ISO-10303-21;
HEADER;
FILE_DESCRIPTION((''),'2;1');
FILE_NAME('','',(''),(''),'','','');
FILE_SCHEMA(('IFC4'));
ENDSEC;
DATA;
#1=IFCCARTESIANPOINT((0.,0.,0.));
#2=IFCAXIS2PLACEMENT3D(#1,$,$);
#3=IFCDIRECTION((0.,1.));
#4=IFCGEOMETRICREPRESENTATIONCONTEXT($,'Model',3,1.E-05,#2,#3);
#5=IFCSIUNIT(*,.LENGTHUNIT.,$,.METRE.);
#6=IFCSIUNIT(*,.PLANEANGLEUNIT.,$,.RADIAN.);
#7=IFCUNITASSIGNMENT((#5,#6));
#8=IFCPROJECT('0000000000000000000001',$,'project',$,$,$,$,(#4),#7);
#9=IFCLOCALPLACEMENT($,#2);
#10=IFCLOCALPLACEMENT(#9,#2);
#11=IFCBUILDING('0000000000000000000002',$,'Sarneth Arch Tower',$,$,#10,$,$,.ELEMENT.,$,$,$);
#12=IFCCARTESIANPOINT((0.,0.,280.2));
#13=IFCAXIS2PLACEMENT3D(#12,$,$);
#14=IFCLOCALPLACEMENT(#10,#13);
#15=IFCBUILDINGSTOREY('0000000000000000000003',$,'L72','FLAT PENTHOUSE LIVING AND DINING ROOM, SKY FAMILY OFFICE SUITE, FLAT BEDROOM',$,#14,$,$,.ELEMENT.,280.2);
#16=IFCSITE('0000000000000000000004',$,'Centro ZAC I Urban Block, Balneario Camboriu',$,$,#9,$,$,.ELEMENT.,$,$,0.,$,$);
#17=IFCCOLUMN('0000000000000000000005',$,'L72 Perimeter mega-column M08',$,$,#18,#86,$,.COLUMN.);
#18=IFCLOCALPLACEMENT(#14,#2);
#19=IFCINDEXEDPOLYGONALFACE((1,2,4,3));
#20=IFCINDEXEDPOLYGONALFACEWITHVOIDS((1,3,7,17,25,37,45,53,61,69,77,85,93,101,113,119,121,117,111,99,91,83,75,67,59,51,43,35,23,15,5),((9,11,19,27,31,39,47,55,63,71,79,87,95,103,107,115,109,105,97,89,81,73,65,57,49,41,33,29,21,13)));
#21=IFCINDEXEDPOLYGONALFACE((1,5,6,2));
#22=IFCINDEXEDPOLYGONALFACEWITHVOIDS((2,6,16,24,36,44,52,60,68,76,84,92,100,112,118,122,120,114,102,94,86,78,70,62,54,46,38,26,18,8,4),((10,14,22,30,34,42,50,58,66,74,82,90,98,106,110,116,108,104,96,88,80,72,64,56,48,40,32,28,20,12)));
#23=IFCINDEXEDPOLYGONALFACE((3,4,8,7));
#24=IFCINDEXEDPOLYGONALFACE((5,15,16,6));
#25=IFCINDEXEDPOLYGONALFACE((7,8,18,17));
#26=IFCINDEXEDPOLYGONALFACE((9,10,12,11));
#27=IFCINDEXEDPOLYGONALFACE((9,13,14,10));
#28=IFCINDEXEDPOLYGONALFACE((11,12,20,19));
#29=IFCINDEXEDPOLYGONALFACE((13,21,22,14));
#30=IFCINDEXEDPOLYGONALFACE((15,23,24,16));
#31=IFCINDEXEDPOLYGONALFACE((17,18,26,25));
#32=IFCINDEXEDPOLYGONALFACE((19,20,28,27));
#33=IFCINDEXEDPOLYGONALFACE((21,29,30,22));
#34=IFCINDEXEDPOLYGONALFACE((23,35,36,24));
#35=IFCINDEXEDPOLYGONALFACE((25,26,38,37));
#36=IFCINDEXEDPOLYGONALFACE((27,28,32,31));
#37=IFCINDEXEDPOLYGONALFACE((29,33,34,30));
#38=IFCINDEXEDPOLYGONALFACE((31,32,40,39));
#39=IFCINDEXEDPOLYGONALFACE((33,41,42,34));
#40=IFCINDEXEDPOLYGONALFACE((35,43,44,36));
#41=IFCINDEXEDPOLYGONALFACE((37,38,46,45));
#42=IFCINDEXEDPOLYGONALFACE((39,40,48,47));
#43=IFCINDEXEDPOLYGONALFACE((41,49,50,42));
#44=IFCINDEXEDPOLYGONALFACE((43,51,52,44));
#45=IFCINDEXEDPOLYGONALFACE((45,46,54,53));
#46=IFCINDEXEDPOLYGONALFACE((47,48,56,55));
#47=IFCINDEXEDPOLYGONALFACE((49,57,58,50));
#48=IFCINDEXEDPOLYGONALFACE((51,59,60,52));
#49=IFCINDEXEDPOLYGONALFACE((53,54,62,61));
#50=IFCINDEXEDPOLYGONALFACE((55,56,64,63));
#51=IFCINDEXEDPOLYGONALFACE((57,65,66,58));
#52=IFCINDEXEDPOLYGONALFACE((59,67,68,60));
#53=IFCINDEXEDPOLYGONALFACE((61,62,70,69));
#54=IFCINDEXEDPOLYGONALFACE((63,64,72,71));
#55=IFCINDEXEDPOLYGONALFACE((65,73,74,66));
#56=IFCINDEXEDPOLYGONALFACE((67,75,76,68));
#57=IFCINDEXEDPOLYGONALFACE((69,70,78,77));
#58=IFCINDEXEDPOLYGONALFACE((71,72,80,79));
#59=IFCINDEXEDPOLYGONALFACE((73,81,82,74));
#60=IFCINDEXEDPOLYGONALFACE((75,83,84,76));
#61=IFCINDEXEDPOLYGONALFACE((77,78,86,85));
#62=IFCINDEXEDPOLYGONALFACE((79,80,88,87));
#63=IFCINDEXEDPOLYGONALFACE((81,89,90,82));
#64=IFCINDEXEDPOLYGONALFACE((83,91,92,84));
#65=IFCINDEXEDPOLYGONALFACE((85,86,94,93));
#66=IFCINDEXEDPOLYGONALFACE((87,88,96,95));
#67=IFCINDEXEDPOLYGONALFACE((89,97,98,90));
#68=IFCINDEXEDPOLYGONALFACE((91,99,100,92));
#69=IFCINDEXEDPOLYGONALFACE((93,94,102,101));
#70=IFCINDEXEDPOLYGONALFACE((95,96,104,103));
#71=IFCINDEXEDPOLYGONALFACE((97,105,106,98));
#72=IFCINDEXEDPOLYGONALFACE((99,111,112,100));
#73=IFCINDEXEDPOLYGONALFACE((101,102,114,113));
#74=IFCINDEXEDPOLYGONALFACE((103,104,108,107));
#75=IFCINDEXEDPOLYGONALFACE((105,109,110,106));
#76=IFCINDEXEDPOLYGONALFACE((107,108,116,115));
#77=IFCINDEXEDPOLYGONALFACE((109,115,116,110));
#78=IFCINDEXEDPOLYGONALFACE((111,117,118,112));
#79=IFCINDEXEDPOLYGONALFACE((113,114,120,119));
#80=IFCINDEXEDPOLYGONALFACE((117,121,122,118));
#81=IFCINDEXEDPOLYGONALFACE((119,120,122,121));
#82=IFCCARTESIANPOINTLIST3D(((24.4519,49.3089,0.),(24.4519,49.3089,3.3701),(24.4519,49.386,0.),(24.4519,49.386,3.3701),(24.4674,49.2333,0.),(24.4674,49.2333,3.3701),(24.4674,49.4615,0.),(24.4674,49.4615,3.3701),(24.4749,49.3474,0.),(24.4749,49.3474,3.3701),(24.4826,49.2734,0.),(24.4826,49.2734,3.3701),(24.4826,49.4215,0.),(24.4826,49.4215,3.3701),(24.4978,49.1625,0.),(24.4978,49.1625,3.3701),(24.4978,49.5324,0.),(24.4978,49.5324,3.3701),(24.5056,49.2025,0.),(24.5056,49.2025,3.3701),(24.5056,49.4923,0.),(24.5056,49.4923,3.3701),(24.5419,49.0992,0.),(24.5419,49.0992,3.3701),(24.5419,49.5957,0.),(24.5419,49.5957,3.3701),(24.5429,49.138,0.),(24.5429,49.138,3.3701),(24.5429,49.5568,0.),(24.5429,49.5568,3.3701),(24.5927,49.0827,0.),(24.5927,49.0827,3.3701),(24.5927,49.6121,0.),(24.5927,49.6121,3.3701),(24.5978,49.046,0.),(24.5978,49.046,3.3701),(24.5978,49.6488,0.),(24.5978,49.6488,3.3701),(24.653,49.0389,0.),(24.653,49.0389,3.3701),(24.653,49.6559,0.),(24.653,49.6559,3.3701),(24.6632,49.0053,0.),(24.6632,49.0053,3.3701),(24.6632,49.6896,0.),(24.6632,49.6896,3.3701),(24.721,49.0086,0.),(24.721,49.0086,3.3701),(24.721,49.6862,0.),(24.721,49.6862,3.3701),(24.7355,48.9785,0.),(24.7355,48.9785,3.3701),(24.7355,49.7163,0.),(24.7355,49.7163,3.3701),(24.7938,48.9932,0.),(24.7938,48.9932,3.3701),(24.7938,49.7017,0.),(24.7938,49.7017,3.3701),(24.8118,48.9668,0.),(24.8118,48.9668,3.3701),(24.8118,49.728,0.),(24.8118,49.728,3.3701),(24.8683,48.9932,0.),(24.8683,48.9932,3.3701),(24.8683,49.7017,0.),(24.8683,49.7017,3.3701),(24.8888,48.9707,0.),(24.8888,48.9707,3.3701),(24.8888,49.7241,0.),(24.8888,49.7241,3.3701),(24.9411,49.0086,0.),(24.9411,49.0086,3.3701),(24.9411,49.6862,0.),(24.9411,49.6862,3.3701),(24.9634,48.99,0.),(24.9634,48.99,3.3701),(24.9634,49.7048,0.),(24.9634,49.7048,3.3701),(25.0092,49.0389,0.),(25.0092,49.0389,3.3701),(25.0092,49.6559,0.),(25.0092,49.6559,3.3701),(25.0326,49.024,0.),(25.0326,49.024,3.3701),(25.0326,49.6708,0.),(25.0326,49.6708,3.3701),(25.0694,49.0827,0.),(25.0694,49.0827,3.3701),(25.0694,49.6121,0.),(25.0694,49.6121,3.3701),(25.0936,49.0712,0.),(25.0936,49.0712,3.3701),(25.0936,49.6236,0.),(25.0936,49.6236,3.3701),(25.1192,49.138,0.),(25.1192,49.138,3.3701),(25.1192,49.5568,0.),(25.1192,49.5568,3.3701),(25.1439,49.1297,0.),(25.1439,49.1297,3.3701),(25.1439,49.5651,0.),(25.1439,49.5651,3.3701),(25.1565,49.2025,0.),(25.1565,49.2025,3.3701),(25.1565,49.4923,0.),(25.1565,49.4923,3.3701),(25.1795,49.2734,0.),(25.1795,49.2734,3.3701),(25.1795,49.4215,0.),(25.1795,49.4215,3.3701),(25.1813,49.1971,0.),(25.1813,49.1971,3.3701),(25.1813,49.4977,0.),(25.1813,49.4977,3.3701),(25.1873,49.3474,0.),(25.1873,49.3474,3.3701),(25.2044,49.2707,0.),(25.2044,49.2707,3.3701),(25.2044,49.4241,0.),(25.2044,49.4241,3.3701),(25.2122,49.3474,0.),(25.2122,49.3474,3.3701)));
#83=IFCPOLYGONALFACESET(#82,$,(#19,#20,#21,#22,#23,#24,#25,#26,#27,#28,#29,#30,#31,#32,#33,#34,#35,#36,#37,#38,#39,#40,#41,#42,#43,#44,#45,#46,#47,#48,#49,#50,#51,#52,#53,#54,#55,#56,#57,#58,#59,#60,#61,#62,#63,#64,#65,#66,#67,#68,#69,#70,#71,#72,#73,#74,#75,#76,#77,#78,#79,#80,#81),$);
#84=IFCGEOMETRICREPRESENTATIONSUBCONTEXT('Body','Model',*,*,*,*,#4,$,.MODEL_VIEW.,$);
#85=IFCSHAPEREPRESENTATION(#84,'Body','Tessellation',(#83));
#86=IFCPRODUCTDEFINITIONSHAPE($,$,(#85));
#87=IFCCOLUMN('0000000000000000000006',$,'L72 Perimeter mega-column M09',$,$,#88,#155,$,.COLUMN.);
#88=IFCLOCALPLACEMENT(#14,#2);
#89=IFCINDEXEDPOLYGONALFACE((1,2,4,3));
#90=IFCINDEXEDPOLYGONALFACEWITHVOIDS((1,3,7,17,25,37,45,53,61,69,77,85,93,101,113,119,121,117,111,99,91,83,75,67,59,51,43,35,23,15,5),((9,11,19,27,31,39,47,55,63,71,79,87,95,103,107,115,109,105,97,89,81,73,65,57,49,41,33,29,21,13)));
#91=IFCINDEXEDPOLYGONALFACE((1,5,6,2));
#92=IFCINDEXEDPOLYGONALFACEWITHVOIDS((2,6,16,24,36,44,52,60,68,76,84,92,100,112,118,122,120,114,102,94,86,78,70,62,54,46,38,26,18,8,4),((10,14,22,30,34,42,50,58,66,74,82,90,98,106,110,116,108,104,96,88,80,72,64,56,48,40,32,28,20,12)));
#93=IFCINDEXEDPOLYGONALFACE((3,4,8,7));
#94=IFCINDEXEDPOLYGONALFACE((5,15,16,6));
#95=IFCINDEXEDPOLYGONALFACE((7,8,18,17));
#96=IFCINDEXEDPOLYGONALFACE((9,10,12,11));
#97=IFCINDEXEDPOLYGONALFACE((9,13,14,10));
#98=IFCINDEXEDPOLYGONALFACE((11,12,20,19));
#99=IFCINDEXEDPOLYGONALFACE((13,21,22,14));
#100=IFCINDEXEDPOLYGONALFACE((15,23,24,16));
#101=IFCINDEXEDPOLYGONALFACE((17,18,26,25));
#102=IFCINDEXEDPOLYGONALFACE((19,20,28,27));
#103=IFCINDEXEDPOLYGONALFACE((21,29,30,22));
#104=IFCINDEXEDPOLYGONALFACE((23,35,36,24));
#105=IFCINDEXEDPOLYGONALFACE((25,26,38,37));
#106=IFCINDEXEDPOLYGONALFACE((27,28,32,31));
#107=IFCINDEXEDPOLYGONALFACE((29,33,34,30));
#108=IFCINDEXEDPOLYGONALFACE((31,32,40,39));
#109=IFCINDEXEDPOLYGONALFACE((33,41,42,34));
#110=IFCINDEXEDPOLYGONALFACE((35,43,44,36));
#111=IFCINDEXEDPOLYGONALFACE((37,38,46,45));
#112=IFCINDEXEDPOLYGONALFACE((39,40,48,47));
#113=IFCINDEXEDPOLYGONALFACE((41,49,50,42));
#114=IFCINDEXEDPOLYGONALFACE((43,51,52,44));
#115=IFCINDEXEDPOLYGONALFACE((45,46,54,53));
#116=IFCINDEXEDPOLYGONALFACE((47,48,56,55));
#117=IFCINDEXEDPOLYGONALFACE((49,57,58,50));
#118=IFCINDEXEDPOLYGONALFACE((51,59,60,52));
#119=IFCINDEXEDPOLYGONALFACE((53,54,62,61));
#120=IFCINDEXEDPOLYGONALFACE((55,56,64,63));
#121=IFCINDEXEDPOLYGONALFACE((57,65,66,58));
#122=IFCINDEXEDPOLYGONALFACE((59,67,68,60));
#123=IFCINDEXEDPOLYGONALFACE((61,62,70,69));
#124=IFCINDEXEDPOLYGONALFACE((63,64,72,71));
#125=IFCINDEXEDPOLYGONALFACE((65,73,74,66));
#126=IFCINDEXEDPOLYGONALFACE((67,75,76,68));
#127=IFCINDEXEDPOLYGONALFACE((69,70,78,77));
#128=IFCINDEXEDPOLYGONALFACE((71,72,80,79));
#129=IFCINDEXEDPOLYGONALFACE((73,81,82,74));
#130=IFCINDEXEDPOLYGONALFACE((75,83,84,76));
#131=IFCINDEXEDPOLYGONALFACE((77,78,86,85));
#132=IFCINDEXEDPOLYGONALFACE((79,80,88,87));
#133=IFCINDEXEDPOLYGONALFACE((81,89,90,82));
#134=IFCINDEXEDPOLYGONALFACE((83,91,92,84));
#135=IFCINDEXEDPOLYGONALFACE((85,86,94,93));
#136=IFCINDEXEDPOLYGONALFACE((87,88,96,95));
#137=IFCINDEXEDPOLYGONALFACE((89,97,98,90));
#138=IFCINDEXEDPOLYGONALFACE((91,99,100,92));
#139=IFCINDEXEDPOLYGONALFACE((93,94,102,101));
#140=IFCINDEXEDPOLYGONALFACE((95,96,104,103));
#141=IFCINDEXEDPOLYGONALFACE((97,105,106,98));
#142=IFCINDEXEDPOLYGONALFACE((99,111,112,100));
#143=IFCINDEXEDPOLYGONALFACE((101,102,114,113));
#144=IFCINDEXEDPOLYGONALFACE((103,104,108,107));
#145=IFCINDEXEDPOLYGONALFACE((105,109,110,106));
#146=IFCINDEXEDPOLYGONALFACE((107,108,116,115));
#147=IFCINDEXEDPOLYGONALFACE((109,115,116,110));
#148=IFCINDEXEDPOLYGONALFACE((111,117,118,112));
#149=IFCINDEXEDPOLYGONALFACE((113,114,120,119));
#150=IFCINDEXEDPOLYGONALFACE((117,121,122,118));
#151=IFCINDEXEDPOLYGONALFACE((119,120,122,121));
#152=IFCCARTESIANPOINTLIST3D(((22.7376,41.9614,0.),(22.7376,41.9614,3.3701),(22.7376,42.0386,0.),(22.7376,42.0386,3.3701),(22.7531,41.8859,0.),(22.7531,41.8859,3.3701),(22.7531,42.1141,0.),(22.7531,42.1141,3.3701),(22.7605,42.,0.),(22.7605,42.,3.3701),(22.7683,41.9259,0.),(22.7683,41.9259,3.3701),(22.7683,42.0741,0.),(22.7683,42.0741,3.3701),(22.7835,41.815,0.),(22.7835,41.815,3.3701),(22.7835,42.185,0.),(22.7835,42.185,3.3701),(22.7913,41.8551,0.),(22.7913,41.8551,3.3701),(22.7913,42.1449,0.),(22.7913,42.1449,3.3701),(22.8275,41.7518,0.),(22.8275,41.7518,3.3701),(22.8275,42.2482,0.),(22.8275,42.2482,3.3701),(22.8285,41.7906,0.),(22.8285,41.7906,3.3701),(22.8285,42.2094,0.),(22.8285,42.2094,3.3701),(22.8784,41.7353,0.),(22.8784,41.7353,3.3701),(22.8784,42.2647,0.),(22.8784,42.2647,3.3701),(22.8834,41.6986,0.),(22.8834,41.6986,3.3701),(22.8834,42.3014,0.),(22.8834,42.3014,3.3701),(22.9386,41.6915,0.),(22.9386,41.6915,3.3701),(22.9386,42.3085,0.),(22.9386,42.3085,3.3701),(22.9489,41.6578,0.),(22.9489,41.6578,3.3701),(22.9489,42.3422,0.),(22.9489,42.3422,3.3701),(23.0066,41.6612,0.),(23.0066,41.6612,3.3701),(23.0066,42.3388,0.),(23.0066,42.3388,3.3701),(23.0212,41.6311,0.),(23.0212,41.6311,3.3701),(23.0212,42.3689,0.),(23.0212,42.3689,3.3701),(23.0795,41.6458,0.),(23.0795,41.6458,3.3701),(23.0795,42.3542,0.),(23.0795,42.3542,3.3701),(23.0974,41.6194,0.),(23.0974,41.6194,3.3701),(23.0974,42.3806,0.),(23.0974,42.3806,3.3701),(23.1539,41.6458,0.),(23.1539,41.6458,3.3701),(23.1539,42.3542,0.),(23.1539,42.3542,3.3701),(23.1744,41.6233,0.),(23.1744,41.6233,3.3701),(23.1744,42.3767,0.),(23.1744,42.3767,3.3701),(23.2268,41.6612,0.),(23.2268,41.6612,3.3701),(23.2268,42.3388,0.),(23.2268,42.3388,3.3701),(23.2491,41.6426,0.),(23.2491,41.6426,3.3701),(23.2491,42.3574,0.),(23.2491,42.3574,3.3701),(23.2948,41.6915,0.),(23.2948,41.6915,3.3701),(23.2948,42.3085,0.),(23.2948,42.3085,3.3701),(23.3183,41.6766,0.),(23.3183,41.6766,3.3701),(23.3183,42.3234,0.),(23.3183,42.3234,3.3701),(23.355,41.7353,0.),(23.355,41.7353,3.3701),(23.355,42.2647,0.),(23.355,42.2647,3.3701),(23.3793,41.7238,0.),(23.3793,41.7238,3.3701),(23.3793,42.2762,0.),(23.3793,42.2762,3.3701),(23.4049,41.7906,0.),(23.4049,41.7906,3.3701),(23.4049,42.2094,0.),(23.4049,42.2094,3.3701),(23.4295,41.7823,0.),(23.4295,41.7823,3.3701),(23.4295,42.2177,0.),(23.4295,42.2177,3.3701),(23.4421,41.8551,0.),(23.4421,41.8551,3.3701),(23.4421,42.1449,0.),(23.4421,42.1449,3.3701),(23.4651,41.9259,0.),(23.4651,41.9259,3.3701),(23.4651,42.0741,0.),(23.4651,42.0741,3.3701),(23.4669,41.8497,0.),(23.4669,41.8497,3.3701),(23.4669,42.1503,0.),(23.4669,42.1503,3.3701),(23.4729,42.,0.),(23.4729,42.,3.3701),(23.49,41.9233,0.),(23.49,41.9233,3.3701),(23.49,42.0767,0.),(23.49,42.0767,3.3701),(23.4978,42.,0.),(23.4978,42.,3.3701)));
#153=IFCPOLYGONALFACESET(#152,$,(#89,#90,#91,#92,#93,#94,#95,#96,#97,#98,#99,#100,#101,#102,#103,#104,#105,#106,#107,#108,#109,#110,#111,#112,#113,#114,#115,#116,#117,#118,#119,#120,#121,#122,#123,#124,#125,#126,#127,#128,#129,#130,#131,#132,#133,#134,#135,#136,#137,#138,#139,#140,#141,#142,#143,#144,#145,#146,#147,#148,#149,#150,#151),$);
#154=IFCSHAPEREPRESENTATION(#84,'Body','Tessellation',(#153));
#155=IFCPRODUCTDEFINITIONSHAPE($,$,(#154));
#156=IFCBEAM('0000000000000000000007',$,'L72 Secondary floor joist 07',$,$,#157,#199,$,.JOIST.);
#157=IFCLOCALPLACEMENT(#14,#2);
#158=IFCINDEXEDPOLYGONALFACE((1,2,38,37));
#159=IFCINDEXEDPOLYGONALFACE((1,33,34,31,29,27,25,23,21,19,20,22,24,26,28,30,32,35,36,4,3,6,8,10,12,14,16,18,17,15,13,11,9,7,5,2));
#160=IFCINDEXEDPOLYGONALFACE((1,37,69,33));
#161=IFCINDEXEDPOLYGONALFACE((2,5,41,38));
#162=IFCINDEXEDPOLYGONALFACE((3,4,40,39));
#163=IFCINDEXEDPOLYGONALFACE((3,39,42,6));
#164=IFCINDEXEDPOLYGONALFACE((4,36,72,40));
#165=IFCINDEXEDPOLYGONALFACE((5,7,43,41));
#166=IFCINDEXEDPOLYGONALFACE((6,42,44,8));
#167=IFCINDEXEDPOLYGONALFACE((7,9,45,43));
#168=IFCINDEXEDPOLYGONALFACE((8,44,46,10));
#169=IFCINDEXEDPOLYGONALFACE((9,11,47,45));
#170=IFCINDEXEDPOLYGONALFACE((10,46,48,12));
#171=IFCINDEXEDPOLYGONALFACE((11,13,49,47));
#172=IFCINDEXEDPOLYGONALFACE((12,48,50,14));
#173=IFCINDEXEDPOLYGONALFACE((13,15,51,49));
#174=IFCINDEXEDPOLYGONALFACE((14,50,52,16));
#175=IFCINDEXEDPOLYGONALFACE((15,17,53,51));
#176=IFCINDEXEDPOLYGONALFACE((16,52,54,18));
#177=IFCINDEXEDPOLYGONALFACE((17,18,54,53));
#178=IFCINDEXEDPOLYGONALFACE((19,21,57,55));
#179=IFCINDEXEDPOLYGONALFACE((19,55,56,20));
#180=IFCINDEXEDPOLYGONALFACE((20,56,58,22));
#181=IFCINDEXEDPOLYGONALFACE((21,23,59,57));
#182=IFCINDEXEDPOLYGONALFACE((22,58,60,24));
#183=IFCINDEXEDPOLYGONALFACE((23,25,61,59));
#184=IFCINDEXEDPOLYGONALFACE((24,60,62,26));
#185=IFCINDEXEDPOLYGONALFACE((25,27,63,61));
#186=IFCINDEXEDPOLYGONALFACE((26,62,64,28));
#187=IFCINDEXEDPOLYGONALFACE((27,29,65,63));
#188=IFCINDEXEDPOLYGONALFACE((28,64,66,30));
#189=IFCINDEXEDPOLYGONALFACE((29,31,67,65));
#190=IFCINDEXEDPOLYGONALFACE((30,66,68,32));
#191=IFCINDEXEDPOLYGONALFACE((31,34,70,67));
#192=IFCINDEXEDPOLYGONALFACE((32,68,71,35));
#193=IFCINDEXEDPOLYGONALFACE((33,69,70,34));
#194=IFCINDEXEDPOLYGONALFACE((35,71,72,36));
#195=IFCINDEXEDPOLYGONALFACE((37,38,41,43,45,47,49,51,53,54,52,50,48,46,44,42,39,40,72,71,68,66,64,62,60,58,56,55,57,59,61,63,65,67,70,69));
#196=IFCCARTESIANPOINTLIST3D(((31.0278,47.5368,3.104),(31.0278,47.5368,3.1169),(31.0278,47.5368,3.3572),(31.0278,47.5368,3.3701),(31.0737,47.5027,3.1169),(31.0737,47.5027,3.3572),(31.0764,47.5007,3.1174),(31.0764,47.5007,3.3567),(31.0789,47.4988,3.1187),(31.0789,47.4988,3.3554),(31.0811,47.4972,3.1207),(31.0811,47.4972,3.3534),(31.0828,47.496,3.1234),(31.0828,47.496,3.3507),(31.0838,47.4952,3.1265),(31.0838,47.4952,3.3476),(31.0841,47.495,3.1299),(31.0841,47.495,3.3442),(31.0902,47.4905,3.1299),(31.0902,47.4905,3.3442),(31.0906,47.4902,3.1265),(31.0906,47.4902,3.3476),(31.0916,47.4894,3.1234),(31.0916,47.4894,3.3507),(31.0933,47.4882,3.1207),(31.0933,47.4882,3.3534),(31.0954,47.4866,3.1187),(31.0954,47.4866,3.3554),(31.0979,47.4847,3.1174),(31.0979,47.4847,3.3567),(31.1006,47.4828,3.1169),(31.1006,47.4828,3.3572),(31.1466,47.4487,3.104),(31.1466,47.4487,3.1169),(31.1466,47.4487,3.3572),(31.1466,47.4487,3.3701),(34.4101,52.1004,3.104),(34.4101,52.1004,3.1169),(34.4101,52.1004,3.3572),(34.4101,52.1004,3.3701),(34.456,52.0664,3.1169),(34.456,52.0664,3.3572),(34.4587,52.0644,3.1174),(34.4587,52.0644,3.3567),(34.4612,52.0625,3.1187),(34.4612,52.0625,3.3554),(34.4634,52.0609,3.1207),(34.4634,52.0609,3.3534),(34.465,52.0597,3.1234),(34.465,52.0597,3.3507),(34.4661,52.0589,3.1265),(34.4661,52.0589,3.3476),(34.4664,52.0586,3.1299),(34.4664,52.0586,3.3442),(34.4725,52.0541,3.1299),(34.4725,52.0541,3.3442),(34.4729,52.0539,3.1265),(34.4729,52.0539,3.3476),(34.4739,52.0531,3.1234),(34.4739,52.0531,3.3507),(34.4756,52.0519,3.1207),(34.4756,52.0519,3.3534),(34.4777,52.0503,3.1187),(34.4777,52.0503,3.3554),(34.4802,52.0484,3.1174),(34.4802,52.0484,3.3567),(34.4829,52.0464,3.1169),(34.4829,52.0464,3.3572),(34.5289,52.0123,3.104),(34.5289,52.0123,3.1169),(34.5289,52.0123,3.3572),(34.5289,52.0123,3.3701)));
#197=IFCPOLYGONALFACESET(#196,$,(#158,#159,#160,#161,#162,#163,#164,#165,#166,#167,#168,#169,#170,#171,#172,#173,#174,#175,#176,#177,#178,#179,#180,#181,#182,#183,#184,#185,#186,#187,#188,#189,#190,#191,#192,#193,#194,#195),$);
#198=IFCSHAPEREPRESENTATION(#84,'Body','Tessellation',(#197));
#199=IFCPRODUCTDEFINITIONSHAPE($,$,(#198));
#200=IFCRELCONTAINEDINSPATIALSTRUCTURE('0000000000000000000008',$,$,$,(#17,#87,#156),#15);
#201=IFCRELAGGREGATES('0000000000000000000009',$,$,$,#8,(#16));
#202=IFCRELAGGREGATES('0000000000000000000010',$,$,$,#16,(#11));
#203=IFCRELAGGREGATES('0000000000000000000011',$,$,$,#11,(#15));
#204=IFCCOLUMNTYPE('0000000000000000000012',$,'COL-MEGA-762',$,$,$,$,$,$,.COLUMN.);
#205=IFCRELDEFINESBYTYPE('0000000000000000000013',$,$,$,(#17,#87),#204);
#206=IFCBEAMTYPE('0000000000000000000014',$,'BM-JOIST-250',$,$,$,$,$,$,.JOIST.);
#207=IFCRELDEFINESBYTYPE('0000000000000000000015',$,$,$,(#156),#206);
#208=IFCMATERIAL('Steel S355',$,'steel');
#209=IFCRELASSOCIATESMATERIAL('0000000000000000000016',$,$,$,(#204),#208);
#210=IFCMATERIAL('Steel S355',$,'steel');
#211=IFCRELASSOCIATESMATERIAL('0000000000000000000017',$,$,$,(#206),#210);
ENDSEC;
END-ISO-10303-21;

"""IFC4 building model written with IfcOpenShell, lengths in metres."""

from ifc_helpers import new_model, si_unit, direction, frame, origin, origin_2d, place, context, subcontext, project, spatial, hollow_circle, i_section, extrude, material, material_profile, profile_set, type_object, element, save


model = new_model("IFC4")

# Units and contexts
model_context = context("Model", 3, precision=1e-05, world=origin(), true_north=direction((0.0, 1.0)))
body_context = subcontext(model_context, "Body", "Model", "MODEL_VIEW")
ifc_project = project(units=[si_unit("LENGTHUNIT", "METRE"), si_unit("PLANEANGLEUNIT", "RADIAN")], contexts=[model_context])

# Site, building, storey
site_placement = place(None, origin())
site = spatial("IfcSite", under=ifc_project, at=site_placement, Name="Centro ZAC I Urban Block, Balneario Camboriu", CompositionType="ELEMENT", RefElevation=0.0)
building_placement = place(site_placement, origin())
building = spatial("IfcBuilding", under=site, at=building_placement, Name="Sarneth Arch Tower", CompositionType="ELEMENT")
storey_placement = place(building_placement, frame((0.0, 0.0, 280.2)))
storey = spatial("IfcBuildingStorey", under=building, at=storey_placement, Name="L72", Description="FLAT PENTHOUSE LIVING AND DINING ROOM, SKY FAMILY OFFICE SUITE, FLAT BEDROOM", CompositionType="ELEMENT", Elevation=280.2)

# Columns
ifc_material_1 = material(Name="Steel S355", Category="steel")
ifc_material_profile_1 = material_profile(ifc_material_1, hollow_circle(Radius=0.3811, WallThickness=0.0249, at=origin_2d()), Name="CHS762x25")
ifc_profile_set_1 = profile_set([ifc_material_profile_1], Name="Steel S355")
column_type = type_object("IfcColumnType", Name="COL-MEGA-762", PredefinedType="COLUMN", material=ifc_profile_set_1)
for number, where, z_axis, x_axis, name in (
    (1, (24.8311, 49.3474, 0.0), (0.0, 0.0, 1.0), (1.0, 0.0, 0.0), "L72 Perimeter mega-column M08"),
    (2, (23.1167, 42.0, 0.0), (0.0, 0.0, 1.0), (1.0, 0.0, 0.0), "L72 Perimeter mega-column M09"),
):
    element("IfcColumn", number, at=place(storey_placement, frame(where, z_axis=z_axis, x_axis=x_axis)), inside=storey, type_object=column_type, Name=name, PredefinedType="COLUMN", context=body_context, shape_type="SweptSolid", body=[
        extrude(hollow_circle(Radius=0.3811, WallThickness=0.0249, at=origin_2d()), origin(), (0.0, 0.0, 1.0), 3.3701),
    ])

# Beam
ifc_material_2 = material(Name="Steel S355", Category="steel")
ifc_material_profile_2 = material_profile(ifc_material_2, i_section(OverallWidth=0.1479, OverallDepth=0.2661, WebThickness=0.0076, FlangeThickness=0.0129, FilletRadius=0.0129, at=origin_2d()), Name="W250x44.8")
ifc_profile_set_2 = profile_set([ifc_material_profile_2], Name="Steel S355")
beam_type_1 = type_object("IfcBeamType", Name="BM-JOIST-250", PredefinedType="JOIST", material=ifc_profile_set_2)
beam_1_placement = place(storey_placement, frame((34.4695, 52.0564, 3.2371), z_axis=(-0.595431, -0.803406, 0.0), x_axis=(0.803406, -0.595431, 0.0)))
element("IfcBeam", 3, at=beam_1_placement, inside=storey, type_object=beam_type_1, Name="L72 Secondary floor joist 07", PredefinedType="JOIST", context=body_context, shape_type="SweptSolid", body=[
    extrude(i_section(OverallWidth=0.1479, OverallDepth=0.2661, WebThickness=0.0076, FlangeThickness=0.0129, FilletRadius=0.0129, at=origin_2d()), origin(), (0.0, 0.0, 1.0), 5.6804),
])

save(model, "model.ifc")
